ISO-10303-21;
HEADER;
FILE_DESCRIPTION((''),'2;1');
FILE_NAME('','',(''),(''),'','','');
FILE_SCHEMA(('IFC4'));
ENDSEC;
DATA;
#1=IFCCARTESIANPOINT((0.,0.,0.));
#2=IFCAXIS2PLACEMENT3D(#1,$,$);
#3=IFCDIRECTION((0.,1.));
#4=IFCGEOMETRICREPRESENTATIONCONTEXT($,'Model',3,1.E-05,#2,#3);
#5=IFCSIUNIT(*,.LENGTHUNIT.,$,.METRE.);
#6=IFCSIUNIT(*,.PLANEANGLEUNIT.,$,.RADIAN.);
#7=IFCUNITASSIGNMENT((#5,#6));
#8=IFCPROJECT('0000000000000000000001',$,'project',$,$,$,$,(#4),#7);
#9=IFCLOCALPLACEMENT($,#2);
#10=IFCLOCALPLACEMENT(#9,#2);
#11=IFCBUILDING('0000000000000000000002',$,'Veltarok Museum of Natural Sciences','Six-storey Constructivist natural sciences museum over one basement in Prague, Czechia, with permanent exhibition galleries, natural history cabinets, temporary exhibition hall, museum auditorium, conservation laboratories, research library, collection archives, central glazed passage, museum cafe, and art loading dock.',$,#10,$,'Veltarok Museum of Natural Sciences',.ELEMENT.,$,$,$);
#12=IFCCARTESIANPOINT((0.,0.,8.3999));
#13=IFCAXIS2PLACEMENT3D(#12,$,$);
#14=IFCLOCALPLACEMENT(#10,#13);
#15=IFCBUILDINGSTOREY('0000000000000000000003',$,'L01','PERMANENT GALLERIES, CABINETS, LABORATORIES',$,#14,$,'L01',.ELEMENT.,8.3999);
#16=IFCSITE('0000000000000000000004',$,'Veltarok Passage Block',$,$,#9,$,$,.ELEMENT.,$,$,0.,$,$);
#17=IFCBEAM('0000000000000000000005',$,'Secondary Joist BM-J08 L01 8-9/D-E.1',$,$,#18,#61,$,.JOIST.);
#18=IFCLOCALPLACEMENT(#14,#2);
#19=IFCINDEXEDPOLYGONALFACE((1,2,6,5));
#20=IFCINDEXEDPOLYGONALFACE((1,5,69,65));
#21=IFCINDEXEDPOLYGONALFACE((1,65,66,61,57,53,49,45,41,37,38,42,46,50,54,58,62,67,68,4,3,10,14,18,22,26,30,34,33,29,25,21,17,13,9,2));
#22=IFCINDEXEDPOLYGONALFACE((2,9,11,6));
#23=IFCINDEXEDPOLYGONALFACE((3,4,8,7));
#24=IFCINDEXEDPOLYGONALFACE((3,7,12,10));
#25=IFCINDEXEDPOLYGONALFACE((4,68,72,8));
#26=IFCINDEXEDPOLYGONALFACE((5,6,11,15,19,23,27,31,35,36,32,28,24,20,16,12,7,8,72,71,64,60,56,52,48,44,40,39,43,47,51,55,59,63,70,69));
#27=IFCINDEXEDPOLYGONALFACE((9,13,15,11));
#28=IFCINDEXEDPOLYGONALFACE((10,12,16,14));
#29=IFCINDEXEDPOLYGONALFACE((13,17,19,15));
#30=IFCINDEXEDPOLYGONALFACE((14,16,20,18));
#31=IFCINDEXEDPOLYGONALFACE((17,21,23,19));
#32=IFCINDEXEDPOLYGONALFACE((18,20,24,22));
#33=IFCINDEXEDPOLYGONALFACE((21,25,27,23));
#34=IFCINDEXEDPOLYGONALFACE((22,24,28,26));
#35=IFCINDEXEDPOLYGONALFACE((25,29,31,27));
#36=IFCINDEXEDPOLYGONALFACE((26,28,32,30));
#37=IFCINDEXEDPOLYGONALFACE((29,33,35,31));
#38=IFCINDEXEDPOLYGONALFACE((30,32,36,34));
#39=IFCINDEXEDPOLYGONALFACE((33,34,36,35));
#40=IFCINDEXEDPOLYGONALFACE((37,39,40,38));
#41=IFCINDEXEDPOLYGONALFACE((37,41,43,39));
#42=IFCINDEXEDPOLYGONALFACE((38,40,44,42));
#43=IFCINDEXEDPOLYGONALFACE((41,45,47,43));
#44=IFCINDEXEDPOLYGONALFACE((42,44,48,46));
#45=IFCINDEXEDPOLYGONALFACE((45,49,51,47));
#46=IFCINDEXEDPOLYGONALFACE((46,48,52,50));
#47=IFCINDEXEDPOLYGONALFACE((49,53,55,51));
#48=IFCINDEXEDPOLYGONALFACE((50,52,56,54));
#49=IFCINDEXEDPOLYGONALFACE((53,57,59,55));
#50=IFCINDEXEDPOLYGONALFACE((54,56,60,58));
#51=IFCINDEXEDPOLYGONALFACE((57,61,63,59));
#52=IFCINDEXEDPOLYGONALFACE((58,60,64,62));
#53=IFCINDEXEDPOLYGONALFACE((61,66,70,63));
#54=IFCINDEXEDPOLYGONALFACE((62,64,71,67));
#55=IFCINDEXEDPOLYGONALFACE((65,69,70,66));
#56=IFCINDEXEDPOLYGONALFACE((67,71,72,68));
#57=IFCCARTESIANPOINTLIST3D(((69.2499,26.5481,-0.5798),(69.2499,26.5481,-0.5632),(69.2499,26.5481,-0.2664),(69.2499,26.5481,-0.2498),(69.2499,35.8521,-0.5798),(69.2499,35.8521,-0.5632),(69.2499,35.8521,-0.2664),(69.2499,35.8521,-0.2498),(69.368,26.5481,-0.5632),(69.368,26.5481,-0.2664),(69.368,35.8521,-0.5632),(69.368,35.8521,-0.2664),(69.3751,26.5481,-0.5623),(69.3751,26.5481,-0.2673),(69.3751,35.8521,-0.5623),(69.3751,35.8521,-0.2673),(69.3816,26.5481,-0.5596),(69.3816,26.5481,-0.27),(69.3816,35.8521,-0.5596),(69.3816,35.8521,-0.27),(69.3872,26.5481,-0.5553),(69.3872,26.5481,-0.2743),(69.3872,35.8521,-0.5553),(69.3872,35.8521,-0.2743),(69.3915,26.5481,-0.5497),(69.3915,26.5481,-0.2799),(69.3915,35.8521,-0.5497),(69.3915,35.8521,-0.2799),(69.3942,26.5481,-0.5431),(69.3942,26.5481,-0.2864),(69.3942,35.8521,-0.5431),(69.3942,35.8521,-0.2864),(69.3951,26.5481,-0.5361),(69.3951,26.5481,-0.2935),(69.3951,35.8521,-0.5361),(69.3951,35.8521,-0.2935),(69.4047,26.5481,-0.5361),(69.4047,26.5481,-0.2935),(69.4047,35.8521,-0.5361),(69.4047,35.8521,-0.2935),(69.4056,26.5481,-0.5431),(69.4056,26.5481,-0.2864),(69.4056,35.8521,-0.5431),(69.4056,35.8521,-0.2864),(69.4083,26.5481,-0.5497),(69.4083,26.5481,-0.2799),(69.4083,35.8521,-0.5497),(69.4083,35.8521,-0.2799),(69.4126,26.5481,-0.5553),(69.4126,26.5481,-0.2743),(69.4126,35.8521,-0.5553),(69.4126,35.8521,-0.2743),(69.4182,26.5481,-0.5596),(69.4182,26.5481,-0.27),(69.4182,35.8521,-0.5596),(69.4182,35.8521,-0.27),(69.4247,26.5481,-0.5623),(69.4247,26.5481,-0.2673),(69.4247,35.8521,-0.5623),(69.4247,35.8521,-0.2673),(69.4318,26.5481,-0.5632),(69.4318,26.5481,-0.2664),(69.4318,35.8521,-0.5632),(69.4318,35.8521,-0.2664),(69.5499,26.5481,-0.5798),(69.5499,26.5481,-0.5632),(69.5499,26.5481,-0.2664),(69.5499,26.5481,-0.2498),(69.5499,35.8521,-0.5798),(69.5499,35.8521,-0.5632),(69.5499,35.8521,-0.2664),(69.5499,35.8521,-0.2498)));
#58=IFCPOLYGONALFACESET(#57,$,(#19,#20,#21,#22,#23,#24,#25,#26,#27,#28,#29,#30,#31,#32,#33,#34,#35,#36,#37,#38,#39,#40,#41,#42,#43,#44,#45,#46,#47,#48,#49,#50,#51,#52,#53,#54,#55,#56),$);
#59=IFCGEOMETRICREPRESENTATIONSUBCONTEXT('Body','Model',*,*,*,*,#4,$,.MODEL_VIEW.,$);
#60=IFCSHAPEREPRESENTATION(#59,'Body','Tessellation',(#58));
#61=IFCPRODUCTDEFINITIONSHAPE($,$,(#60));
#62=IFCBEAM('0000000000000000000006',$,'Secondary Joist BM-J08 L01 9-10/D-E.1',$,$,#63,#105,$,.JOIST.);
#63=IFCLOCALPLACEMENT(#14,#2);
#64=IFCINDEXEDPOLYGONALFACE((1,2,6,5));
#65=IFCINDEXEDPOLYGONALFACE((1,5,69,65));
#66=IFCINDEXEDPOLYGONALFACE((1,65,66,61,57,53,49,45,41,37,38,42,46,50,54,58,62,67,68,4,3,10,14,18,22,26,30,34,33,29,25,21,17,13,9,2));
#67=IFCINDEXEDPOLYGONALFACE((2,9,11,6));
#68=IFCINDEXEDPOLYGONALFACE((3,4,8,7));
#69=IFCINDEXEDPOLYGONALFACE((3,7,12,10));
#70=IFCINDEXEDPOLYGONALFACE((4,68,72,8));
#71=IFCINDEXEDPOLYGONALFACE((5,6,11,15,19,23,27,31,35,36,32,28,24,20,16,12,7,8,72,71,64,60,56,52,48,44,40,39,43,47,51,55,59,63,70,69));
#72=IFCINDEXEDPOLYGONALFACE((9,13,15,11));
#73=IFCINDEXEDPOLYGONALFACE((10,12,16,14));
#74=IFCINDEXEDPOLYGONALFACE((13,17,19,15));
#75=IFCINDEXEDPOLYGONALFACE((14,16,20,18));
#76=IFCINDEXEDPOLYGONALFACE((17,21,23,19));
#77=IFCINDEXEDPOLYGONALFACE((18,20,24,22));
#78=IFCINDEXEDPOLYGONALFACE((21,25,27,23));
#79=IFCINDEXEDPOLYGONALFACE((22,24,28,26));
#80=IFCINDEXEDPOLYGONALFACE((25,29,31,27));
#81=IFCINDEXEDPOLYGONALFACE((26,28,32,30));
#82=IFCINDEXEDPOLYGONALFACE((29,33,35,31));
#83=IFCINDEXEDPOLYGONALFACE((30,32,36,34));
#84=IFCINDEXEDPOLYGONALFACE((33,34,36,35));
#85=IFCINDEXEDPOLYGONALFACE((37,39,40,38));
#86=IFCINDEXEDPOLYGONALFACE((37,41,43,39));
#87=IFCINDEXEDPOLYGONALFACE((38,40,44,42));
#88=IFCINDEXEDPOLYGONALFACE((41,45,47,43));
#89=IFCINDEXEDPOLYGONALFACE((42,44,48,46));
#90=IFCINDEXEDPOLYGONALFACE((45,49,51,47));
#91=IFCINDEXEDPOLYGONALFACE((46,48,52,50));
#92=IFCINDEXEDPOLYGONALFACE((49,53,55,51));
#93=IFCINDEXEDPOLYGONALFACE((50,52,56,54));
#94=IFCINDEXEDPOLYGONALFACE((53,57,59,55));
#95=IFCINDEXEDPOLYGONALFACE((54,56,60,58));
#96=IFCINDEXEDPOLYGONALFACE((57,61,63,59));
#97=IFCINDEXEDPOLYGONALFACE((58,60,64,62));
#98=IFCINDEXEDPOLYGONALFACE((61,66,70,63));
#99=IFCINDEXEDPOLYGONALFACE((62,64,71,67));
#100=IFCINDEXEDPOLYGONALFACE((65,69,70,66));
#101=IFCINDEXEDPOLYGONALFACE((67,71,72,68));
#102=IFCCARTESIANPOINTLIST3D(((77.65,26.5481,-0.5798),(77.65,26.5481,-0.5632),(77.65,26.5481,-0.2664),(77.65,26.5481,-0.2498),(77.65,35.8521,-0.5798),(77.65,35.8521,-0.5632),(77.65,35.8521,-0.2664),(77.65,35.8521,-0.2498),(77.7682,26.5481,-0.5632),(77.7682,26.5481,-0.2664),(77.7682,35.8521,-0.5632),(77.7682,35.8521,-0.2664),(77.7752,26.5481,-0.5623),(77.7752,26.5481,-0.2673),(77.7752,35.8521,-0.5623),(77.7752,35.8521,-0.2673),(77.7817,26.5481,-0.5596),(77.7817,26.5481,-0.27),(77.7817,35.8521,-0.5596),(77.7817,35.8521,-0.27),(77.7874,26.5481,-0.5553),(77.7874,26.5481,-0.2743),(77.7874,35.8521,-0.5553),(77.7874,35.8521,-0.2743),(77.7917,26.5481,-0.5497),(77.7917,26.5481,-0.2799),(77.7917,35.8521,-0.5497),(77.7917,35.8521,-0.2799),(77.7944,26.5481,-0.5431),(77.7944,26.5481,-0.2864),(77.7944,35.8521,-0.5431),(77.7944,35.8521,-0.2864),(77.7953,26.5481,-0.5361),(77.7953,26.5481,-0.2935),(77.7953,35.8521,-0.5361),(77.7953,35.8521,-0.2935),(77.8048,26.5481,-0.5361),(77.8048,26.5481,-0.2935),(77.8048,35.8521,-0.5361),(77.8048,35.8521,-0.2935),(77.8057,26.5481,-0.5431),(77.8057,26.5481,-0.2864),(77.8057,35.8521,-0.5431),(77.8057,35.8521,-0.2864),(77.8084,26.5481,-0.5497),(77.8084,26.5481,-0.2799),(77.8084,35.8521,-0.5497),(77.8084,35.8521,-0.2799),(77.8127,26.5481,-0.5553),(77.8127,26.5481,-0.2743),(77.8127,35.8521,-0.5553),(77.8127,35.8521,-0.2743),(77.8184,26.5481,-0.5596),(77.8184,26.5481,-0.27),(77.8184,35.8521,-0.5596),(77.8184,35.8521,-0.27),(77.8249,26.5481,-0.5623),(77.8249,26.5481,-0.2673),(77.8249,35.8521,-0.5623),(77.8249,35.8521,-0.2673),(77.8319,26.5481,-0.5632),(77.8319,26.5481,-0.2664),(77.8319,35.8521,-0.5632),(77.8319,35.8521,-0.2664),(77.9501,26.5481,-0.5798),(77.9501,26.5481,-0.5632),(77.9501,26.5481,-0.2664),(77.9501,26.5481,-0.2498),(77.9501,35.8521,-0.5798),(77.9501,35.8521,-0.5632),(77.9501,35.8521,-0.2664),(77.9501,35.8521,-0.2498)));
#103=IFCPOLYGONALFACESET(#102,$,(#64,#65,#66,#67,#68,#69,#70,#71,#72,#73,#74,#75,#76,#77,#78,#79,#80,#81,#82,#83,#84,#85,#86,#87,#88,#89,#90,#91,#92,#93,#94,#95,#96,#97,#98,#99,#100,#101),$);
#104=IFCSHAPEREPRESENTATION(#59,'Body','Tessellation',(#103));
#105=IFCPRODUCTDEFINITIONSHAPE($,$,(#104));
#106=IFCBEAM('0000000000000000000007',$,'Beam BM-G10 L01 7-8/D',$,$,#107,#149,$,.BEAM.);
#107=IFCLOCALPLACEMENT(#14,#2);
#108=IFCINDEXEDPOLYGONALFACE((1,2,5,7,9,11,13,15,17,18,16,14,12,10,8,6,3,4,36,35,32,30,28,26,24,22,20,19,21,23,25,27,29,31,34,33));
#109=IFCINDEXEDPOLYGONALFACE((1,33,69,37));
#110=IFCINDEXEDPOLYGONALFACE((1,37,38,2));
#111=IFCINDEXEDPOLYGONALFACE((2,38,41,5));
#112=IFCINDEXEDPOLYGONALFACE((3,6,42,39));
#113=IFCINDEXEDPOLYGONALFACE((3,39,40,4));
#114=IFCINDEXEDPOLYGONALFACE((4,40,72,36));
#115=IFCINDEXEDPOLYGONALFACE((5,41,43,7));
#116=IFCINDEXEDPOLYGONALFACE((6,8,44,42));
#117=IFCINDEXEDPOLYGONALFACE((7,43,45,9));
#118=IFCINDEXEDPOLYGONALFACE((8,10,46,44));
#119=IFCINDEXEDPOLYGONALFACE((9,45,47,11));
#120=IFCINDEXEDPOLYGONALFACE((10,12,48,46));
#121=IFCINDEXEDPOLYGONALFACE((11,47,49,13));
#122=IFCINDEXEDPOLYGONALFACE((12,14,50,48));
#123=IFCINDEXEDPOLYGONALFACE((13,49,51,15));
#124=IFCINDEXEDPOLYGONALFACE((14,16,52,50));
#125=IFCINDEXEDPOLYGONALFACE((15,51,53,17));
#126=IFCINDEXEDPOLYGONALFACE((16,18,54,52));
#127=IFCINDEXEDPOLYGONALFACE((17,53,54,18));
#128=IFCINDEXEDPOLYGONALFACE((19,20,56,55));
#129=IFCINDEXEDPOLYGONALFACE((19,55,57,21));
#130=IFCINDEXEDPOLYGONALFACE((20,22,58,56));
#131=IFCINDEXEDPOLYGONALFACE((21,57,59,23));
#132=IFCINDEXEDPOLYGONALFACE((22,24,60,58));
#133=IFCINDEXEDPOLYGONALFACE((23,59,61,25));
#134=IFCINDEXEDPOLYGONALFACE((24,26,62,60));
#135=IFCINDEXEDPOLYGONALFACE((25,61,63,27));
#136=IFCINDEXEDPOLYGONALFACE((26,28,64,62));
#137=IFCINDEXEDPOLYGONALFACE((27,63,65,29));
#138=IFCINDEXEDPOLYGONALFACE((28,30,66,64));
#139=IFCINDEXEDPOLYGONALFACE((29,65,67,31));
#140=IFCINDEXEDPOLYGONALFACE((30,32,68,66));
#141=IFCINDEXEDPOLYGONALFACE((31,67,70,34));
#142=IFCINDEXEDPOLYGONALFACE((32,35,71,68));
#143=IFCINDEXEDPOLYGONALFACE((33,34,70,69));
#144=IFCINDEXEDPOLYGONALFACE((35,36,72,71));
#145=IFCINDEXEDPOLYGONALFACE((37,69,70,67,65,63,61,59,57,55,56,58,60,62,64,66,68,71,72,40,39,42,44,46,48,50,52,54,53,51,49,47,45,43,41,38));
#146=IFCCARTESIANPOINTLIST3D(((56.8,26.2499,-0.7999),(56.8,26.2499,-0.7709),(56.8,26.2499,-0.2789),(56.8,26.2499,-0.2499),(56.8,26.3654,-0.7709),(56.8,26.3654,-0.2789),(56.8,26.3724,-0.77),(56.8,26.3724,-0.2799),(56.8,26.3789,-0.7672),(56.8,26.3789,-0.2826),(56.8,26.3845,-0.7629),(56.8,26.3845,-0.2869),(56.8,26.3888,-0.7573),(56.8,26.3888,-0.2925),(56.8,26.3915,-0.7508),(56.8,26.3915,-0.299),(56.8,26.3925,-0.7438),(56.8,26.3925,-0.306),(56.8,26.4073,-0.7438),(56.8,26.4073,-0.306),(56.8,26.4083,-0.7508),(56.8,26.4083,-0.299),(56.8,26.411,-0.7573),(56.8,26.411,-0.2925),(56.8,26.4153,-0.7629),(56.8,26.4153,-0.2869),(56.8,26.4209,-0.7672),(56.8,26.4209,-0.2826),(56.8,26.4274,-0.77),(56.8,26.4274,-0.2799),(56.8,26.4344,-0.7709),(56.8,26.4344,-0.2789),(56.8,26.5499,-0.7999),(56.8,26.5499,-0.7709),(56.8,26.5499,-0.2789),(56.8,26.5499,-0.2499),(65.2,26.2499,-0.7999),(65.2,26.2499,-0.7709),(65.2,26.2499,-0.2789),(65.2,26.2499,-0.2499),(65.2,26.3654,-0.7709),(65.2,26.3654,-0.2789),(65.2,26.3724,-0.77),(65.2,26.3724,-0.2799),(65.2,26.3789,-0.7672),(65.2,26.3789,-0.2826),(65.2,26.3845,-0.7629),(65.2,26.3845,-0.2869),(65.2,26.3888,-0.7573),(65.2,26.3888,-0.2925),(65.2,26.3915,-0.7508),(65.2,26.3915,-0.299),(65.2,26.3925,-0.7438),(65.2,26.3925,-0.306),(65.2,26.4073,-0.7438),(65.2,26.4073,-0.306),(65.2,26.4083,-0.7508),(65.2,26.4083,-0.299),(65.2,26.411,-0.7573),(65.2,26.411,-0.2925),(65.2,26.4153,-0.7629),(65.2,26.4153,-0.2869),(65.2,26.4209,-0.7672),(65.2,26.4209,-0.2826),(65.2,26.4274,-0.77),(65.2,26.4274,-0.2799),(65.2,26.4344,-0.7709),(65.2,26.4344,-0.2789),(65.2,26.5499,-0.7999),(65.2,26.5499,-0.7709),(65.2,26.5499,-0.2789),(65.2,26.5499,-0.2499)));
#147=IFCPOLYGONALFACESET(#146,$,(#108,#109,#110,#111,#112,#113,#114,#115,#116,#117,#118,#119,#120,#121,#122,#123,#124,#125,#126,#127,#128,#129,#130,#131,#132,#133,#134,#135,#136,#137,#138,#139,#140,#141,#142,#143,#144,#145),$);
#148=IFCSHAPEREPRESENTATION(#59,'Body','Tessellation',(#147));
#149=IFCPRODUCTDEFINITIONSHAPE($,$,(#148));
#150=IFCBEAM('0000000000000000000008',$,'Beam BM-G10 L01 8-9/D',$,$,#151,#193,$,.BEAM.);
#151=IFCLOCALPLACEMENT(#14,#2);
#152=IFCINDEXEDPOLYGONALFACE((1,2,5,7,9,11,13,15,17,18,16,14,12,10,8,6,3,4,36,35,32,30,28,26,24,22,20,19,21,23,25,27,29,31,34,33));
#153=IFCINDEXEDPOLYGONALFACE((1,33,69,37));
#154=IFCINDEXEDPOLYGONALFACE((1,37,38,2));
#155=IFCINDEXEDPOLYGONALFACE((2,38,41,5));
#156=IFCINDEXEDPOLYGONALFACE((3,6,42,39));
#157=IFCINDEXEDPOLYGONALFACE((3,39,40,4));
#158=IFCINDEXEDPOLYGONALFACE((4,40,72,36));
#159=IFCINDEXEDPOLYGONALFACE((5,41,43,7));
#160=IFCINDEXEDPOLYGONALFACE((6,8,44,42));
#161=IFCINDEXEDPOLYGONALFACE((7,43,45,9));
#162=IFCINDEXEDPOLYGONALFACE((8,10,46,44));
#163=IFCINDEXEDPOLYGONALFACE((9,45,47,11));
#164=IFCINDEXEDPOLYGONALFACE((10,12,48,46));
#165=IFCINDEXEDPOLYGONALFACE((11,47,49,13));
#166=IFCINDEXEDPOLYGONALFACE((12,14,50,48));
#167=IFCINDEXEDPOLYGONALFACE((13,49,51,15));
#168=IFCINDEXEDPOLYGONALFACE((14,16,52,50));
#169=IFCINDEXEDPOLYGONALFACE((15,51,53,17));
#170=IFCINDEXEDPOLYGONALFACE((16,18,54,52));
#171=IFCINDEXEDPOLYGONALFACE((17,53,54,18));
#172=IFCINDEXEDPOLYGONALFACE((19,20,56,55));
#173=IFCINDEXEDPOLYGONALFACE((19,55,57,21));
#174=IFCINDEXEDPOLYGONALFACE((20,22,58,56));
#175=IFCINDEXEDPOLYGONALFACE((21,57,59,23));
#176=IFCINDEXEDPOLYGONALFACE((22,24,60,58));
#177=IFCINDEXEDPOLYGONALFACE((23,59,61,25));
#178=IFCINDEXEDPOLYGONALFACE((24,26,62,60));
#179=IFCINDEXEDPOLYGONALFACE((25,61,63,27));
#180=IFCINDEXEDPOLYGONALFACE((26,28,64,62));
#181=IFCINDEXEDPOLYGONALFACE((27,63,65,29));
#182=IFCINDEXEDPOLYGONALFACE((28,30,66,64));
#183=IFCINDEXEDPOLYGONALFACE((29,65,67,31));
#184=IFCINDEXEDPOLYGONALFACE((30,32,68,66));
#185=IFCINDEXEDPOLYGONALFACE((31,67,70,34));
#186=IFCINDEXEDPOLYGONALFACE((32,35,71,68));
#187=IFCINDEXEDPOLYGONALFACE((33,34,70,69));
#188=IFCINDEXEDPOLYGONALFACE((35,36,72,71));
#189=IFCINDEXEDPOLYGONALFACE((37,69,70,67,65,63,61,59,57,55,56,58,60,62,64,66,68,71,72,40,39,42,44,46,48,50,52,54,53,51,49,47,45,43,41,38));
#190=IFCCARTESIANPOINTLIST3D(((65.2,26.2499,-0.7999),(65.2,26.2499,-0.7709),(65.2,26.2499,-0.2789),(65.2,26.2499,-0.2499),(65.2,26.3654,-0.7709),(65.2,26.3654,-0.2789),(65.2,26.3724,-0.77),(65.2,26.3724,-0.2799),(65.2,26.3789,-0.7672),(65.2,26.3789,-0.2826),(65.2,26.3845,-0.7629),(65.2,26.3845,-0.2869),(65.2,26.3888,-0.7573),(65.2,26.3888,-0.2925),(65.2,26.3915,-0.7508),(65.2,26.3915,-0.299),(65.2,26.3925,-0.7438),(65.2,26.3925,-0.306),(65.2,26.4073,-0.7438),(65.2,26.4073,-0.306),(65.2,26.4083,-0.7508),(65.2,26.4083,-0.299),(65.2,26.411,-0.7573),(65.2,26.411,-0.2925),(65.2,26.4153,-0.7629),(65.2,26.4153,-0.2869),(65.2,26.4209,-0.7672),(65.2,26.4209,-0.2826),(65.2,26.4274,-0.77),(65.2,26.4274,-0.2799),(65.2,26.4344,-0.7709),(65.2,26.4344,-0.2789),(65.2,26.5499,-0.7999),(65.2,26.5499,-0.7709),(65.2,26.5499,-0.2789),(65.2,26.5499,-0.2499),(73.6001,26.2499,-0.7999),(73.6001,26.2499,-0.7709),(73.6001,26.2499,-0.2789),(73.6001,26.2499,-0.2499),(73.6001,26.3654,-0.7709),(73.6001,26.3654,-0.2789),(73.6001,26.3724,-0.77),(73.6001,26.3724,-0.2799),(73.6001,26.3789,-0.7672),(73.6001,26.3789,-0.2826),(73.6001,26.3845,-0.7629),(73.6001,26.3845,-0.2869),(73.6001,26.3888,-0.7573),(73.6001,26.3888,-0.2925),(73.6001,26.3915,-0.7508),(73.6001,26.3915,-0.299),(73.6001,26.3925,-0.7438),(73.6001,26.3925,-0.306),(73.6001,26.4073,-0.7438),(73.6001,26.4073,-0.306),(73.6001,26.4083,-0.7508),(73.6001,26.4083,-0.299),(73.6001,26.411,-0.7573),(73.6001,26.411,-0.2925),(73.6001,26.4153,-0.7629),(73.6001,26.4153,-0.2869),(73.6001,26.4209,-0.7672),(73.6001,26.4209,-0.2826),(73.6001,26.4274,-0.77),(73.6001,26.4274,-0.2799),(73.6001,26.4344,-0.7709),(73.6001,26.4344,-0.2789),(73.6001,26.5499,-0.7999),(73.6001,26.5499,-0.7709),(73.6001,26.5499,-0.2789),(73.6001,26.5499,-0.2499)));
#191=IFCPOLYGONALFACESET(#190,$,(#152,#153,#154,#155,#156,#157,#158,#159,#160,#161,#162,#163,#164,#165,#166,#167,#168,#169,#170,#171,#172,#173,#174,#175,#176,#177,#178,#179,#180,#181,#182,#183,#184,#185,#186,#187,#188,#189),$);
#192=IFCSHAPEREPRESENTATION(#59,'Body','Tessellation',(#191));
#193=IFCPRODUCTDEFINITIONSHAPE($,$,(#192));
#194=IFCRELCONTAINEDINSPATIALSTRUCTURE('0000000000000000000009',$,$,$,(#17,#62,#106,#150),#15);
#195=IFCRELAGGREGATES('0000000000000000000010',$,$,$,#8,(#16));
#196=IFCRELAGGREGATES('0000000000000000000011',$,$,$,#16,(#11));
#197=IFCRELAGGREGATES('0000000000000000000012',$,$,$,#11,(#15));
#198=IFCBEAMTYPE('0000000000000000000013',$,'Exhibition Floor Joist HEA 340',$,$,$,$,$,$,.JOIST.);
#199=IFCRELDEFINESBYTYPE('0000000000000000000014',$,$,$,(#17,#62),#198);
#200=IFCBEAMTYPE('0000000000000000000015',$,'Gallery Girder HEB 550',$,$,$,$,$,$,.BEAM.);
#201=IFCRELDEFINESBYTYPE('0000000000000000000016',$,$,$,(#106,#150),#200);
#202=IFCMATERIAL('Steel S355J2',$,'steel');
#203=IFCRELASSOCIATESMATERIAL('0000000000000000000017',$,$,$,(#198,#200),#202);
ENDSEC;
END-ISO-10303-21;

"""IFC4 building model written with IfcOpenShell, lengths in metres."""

from ifc_helpers import new_model, si_unit, direction, frame, origin, origin_2d, place, context, subcontext, project, spatial, i_section, extrude, material, material_profile, profile_set, type_object, element, save


model = new_model("IFC4")

# Units and contexts
model_context = context("Model", 3, precision=1e-05, world=origin(), true_north=direction((0.0, 1.0)))
body_context = subcontext(model_context, "Body", "Model", "MODEL_VIEW")
ifc_project = project(units=[si_unit("LENGTHUNIT", "METRE"), si_unit("PLANEANGLEUNIT", "RADIAN")], contexts=[model_context])

# Site, building, storey
site_placement = place(None, origin())
site = spatial("IfcSite", under=ifc_project, at=site_placement, Name="Veltarok Passage Block", CompositionType="ELEMENT", RefElevation=0.0)
building_placement = place(site_placement, origin())
building = spatial("IfcBuilding", under=site, at=building_placement, Name="Veltarok Museum of Natural Sciences", Description="Six-storey Constructivist natural sciences museum over one basement in Prague, Czechia, with permanent exhibition galleries, natural history cabinets, temporary exhibition hall, museum auditorium, conservation laboratories, research library, collection archives, central glazed passage, museum cafe, and art loading dock.", LongName="Veltarok Museum of Natural Sciences", CompositionType="ELEMENT")
storey_placement = place(building_placement, frame((0.0, 0.0, 8.3999)))
storey = spatial("IfcBuildingStorey", under=building, at=storey_placement, Name="L01", Description="PERMANENT GALLERIES, CABINETS, LABORATORIES", LongName="L01", CompositionType="ELEMENT", Elevation=8.3999)

# Shared definitions
ifc_material = material(Name="Steel S355J2", Category="steel")

# Beams
ifc_material_profile_1 = material_profile(ifc_material, i_section(OverallWidth=0.3, OverallDepth=0.3301, WebThickness=0.0095, FlangeThickness=0.0166, FilletRadius=0.0271, at=origin_2d()), Name="HEA 340")
ifc_profile_set_1 = profile_set([ifc_material_profile_1], Name="Steel S355J2")
beam_type_1 = type_object("IfcBeamType", Name="Exhibition Floor Joist HEA 340", PredefinedType="JOIST", material=ifc_profile_set_1)
for number, where, z_axis, x_axis, name in (
    (1, (69.3999, 26.5481, -0.4148), (0.0, 1.0, 0.0), (-1.0, 0.0, 0.0), "Secondary Joist BM-J08 L01 8-9/D-E.1"),
    (2, (77.8, 26.5481, -0.4148), (0.0, 1.0, 0.0), (-1.0, 0.0, 0.0), "Secondary Joist BM-J08 L01 9-10/D-E.1"),
):
    element("IfcBeam", number, at=place(storey_placement, frame(where, z_axis=z_axis, x_axis=x_axis)), inside=storey, type_object=beam_type_1, Name=name, PredefinedType="JOIST", context=body_context, shape_type="SweptSolid", body=[
        extrude(i_section(OverallWidth=0.3, OverallDepth=0.3301, WebThickness=0.0095, FlangeThickness=0.0166, FilletRadius=0.0271, at=origin_2d()), origin(), (0.0, 0.0, 1.0), 9.304),
    ])
ifc_material_profile_2 = material_profile(ifc_material, i_section(OverallWidth=0.3, OverallDepth=0.55, WebThickness=0.0149, FlangeThickness=0.0291, FilletRadius=0.0271, at=origin_2d()), Name="HEB 550")
ifc_profile_set_2 = profile_set([ifc_material_profile_2], Name="Steel S355J2")
beam_type_2 = type_object("IfcBeamType", Name="Gallery Girder HEB 550", PredefinedType="BEAM", material=ifc_profile_set_2)
beam_1_placement = place(storey_placement, frame((56.8, 26.3999, -0.5249), z_axis=(1.0, 0.0, 0.0), x_axis=(0.0, 1.0, 0.0)))
element("IfcBeam", 3, at=beam_1_placement, inside=storey, type_object=beam_type_2, Name="Beam BM-G10 L01 7-8/D", PredefinedType="BEAM", context=body_context, shape_type="SweptSolid", body=[
    extrude(i_section(OverallWidth=0.3, OverallDepth=0.55, WebThickness=0.0149, FlangeThickness=0.0291, FilletRadius=0.0271, at=origin_2d()), origin(), (0.0, 0.0, 1.0), 8.3999),
])
beam_2_placement = place(storey_placement, frame((65.2, 26.3999, -0.5249), z_axis=(1.0, 0.0, 0.0), x_axis=(0.0, 1.0, 0.0)))
element("IfcBeam", 4, at=beam_2_placement, inside=storey, type_object=beam_type_2, Name="Beam BM-G10 L01 8-9/D", PredefinedType="BEAM", context=body_context, shape_type="SweptSolid", body=[
    extrude(i_section(OverallWidth=0.3, OverallDepth=0.55, WebThickness=0.0149, FlangeThickness=0.0291, FilletRadius=0.0271, at=origin_2d()), origin(), (0.0, 0.0, 1.0), 8.4001),
])

save(model, "model.ifc")
